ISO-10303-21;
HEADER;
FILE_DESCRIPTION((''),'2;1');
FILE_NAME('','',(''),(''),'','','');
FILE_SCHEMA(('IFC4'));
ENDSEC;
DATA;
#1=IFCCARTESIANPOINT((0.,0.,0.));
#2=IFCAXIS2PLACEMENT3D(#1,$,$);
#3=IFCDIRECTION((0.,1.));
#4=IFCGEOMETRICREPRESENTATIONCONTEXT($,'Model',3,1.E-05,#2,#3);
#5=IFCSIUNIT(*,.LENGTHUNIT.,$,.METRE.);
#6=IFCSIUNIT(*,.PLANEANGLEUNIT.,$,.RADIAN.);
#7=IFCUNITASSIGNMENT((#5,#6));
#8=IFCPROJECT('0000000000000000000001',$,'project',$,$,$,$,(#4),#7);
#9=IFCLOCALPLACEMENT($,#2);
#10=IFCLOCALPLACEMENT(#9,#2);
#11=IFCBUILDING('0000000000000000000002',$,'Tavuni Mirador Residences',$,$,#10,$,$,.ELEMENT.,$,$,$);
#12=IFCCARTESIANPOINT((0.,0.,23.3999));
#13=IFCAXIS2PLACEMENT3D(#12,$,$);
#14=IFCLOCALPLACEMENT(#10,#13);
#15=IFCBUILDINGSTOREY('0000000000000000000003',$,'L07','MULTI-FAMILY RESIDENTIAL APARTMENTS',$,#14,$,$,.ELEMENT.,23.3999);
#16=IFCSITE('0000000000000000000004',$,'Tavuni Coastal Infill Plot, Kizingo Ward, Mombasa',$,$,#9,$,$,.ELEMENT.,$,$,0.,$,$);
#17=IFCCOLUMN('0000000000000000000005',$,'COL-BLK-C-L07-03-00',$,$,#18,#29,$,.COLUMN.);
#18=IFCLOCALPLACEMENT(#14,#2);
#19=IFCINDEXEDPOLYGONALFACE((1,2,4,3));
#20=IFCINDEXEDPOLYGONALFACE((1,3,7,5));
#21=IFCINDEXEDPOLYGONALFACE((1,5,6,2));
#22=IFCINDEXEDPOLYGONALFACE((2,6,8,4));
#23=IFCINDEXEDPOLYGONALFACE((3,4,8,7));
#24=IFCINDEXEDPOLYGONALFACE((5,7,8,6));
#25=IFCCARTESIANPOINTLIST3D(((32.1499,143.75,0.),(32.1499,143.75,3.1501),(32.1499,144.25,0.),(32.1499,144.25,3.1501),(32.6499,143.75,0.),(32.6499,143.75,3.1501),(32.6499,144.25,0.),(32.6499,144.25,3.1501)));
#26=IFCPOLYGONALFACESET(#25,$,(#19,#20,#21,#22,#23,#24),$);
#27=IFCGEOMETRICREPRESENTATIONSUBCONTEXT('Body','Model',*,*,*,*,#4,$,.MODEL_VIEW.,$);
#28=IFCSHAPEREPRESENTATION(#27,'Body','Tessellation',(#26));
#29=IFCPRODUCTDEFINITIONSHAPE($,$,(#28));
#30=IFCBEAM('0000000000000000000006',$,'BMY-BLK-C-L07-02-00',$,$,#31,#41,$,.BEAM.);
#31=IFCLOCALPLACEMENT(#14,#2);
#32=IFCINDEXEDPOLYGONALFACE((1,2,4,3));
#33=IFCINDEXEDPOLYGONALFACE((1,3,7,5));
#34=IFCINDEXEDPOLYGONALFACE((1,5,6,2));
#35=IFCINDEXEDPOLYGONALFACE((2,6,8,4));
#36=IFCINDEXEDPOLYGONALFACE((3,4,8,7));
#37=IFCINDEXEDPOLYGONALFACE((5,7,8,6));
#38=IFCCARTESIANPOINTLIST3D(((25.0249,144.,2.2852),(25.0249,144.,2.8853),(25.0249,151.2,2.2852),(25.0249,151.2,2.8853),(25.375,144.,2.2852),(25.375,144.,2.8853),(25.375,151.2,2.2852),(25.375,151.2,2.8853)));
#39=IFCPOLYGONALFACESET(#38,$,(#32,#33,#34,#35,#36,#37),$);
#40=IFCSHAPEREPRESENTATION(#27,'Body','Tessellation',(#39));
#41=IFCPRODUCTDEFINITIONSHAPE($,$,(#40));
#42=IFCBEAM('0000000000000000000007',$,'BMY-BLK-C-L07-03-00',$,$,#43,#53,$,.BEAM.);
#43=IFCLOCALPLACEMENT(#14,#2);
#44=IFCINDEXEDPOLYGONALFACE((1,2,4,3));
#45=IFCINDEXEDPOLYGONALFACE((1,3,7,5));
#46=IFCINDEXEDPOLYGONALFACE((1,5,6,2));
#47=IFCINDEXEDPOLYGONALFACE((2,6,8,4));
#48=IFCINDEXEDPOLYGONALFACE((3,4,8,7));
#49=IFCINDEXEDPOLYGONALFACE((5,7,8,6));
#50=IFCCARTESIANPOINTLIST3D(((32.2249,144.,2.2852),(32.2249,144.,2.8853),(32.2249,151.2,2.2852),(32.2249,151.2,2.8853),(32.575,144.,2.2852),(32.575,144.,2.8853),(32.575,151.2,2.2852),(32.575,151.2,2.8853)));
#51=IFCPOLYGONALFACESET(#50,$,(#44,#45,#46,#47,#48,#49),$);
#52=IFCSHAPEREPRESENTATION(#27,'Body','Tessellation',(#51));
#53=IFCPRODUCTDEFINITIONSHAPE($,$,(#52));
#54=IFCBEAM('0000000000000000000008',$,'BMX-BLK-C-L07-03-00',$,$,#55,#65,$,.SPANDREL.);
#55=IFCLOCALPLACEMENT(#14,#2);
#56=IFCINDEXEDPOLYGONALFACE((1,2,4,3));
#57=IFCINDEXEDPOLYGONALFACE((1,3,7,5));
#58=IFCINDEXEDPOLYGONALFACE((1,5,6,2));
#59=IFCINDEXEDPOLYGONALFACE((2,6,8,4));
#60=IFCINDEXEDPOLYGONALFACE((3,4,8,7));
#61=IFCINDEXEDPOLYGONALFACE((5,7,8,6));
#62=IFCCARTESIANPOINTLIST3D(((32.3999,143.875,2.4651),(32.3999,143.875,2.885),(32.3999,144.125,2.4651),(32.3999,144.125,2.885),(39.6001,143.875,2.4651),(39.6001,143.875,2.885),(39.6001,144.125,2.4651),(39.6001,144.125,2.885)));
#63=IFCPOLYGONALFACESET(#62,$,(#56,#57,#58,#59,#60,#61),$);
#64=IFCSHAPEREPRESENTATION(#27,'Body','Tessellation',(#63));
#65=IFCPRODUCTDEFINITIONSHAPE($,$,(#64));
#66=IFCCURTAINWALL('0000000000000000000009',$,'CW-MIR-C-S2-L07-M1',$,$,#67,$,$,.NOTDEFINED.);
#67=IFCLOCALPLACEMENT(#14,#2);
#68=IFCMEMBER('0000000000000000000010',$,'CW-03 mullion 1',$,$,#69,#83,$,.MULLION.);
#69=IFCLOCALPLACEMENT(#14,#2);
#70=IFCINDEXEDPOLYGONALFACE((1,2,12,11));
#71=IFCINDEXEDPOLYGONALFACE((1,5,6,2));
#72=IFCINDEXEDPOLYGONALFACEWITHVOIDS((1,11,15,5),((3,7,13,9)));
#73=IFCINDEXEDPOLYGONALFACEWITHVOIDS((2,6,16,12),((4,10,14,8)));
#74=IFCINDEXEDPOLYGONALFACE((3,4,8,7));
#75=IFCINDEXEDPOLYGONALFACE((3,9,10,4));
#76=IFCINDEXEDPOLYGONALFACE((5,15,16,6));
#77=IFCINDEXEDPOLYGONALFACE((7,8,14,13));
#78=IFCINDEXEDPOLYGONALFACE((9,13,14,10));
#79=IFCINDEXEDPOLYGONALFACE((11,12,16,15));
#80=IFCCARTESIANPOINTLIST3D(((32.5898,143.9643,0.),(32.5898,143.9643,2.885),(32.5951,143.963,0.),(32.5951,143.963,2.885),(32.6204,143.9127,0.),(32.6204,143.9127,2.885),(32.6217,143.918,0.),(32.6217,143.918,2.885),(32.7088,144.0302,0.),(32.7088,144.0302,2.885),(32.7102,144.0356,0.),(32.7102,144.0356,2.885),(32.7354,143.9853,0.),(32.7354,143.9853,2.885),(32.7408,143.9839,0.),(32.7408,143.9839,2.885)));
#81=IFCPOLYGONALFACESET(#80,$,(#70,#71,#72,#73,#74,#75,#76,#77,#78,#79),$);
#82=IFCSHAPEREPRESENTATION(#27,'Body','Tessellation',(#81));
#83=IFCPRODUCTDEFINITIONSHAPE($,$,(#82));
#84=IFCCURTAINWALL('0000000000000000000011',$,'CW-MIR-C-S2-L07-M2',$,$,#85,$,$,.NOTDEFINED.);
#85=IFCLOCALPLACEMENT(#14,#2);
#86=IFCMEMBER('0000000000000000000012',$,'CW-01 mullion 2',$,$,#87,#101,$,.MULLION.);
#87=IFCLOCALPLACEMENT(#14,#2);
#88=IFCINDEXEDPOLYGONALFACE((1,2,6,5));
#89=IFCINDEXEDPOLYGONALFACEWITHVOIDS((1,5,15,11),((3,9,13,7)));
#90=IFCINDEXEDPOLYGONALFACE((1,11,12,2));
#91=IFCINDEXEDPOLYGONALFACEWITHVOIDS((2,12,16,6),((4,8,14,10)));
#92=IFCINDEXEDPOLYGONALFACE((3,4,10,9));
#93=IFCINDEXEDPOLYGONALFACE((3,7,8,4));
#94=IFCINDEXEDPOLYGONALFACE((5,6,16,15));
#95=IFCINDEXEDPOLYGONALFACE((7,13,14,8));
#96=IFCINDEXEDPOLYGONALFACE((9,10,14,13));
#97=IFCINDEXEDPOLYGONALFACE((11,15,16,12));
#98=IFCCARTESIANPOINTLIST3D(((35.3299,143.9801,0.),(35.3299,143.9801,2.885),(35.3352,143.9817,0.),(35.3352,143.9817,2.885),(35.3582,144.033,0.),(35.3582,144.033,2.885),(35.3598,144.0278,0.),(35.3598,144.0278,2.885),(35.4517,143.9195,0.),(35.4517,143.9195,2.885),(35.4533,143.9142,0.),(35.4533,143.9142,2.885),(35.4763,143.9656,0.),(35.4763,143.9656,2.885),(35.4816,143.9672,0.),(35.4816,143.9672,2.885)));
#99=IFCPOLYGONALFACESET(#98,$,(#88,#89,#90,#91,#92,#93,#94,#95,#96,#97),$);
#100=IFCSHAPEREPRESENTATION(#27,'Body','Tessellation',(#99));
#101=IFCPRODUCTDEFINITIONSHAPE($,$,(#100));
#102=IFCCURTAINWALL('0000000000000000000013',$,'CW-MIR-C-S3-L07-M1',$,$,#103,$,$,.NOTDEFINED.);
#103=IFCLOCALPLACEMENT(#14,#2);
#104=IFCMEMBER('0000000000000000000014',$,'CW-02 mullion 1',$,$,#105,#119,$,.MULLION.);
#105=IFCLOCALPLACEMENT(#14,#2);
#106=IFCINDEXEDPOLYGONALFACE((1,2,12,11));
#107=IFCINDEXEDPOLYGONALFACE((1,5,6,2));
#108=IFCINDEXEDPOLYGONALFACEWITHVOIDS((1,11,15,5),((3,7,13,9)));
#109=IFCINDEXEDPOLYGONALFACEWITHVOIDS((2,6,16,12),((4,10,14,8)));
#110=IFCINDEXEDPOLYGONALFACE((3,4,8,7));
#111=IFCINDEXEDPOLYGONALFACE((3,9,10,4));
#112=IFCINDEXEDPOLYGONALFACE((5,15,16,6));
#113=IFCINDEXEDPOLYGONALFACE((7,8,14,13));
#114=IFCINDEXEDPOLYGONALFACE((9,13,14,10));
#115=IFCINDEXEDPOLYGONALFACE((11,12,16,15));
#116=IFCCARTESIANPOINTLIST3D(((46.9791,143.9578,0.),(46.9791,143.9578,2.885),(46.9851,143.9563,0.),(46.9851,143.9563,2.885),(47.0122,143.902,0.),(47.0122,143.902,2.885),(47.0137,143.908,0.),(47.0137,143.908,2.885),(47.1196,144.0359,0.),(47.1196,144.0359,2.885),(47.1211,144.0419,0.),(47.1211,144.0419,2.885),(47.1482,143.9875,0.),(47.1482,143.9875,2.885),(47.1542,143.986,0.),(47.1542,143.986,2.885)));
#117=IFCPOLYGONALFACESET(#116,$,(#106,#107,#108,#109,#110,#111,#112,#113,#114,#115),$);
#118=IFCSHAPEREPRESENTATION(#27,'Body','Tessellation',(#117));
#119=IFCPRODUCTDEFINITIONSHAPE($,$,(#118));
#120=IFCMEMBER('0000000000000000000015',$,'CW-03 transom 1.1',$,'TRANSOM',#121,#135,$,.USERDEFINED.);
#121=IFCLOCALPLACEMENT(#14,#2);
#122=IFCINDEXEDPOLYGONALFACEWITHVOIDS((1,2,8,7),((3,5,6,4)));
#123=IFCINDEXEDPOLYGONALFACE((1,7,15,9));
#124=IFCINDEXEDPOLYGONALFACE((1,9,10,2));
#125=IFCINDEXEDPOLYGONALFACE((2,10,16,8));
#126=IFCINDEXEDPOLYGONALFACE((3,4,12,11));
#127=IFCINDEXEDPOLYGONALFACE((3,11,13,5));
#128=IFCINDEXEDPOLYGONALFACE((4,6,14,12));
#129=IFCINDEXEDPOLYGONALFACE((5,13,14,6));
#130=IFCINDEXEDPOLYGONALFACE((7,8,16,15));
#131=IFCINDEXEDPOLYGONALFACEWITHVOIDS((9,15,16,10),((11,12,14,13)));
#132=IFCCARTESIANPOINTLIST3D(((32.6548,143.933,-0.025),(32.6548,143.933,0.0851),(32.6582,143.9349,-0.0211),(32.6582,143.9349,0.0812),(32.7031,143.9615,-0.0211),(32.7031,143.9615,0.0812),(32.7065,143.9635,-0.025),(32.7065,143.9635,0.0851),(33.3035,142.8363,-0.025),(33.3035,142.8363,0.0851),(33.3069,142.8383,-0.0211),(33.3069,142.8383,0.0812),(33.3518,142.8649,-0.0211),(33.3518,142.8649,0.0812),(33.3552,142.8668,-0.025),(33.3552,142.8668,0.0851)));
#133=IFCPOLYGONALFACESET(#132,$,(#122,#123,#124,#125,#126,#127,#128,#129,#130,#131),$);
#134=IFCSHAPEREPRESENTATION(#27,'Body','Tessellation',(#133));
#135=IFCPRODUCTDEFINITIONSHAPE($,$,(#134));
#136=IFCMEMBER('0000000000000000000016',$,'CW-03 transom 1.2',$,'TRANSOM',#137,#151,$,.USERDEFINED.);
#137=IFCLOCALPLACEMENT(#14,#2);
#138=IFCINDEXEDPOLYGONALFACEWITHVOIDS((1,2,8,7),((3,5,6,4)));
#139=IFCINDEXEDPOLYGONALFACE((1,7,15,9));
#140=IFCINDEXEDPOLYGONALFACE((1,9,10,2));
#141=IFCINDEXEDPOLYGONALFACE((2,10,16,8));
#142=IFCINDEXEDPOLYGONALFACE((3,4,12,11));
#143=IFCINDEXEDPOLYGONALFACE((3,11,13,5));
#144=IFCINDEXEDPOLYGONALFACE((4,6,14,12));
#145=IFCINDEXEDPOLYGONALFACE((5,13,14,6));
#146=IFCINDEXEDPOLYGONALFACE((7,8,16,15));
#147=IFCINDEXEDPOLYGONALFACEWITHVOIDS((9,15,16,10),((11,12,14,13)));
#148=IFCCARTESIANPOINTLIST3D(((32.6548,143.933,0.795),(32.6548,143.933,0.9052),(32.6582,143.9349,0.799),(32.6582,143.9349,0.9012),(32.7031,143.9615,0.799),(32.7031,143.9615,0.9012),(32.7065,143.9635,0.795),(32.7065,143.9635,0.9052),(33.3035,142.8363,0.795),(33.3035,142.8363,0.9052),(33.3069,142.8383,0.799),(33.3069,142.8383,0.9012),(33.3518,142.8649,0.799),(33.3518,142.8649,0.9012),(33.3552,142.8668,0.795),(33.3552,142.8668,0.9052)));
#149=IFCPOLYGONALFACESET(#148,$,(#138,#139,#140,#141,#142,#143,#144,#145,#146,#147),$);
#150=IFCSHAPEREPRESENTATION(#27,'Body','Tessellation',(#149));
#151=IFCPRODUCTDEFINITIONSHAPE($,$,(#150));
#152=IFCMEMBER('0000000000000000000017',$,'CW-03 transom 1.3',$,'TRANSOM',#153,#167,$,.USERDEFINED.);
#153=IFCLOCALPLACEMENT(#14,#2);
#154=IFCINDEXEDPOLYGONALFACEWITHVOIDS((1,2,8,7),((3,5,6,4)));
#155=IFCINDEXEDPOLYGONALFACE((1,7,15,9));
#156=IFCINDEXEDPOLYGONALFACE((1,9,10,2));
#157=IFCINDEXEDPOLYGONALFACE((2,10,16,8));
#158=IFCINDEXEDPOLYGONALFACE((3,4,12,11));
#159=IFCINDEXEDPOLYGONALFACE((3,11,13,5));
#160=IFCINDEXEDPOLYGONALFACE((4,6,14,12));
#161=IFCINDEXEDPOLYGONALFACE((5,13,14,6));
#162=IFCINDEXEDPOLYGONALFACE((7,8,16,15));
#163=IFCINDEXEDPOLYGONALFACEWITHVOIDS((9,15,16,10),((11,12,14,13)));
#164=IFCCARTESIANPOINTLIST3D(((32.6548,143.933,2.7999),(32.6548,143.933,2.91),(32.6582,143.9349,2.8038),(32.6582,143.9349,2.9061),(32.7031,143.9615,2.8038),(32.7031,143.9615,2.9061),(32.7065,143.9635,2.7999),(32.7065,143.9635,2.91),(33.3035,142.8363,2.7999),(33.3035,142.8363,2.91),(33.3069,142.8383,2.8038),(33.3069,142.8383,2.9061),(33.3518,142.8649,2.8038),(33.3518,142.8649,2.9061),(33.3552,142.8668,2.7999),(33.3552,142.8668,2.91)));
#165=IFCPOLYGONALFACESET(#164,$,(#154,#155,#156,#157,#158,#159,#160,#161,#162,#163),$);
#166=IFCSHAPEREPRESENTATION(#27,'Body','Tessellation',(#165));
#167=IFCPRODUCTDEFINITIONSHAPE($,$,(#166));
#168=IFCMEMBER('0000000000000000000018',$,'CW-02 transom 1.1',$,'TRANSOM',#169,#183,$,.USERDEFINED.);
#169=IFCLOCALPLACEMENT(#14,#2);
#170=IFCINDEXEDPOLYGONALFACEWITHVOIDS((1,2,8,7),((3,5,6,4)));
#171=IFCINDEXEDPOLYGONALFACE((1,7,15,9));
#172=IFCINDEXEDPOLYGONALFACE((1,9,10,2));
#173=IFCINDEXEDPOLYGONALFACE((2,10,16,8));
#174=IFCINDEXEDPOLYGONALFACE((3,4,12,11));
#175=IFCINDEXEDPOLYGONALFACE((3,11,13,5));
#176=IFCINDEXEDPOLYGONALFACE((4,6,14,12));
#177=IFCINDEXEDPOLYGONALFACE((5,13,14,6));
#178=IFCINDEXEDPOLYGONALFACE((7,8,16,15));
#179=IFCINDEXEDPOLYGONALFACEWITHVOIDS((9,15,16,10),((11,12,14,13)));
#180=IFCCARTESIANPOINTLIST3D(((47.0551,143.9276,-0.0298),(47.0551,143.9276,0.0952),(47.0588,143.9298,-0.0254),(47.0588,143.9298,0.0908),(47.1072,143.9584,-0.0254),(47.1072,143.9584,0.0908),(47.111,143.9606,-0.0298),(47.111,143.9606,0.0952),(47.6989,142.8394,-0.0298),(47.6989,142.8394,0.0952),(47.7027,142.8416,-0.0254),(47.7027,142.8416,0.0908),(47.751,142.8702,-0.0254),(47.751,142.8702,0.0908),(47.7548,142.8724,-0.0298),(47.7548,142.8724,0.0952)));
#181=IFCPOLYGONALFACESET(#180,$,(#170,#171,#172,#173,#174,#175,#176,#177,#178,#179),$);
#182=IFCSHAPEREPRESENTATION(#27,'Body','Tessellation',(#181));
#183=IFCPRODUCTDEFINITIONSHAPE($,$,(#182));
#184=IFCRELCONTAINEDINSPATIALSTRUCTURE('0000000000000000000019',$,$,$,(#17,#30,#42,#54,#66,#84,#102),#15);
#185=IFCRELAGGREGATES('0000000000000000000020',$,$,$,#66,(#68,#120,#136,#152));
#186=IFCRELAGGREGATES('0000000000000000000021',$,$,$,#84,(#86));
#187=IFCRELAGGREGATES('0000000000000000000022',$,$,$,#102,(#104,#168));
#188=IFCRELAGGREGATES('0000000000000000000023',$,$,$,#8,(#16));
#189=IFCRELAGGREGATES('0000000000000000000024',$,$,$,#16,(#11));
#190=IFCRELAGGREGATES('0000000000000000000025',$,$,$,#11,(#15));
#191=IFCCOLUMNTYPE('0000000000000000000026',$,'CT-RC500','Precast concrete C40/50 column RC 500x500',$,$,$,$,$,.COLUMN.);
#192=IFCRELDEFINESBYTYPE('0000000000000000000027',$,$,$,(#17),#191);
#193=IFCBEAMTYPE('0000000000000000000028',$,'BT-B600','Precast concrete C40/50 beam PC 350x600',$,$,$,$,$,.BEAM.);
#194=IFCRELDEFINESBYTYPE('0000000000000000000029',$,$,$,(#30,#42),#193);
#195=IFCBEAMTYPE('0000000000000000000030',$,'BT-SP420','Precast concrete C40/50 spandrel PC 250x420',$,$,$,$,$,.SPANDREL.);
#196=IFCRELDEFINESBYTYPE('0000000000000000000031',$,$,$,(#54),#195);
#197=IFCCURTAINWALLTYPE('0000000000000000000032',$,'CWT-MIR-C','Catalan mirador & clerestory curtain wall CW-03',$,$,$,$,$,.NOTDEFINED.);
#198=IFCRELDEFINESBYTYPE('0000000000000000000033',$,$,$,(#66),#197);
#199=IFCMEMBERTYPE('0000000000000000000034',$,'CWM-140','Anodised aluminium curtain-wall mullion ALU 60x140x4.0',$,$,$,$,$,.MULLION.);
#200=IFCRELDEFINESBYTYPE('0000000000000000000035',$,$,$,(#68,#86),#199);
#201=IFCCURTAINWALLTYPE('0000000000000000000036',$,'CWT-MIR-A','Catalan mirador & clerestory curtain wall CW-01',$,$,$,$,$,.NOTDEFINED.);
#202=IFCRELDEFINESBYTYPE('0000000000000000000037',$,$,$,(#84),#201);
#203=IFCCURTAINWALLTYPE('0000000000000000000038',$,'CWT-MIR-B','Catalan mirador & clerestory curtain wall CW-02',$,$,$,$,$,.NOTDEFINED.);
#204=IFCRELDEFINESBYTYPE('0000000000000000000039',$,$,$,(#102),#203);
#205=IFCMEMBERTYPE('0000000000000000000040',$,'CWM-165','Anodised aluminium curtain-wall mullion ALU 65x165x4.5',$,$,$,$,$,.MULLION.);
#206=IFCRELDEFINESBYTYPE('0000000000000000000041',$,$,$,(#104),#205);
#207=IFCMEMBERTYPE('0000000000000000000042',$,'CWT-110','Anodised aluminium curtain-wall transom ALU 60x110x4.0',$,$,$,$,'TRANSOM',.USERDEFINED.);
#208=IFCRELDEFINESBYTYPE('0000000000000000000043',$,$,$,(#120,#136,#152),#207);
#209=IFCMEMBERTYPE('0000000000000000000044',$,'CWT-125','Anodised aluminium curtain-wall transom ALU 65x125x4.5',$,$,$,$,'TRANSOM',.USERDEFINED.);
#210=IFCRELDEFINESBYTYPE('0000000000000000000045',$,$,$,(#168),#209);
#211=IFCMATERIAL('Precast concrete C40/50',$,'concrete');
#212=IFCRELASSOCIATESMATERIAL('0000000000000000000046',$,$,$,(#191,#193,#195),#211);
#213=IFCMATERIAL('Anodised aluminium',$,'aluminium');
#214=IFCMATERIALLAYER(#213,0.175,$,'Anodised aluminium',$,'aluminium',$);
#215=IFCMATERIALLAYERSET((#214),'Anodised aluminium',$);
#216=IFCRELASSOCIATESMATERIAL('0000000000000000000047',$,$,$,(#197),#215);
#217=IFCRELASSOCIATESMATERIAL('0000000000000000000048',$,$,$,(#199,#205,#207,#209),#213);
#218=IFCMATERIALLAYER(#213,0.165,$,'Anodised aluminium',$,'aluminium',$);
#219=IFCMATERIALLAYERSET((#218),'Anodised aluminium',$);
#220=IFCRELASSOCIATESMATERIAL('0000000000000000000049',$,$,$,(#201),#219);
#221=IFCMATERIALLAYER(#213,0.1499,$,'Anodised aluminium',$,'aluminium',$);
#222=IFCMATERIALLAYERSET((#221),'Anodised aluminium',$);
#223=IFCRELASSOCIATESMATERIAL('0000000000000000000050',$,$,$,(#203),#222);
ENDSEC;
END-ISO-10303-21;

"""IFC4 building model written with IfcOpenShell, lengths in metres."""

from ifc_helpers import new_model, si_unit, direction, frame, origin, origin_2d, place, context, subcontext, project, spatial, rectangle, hollow_rectangle, extrude, material, layer, layer_set, material_profile, profile_set, type_object, element, aggregate, save


model = new_model("IFC4")

# Units and contexts
model_context = context("Model", 3, precision=1e-05, world=origin(), true_north=direction((0.0, 1.0)))
body_context = subcontext(model_context, "Body", "Model", "MODEL_VIEW")
ifc_project = project(units=[si_unit("LENGTHUNIT", "METRE"), si_unit("PLANEANGLEUNIT", "RADIAN")], contexts=[model_context])

# Site, building, storey
site_placement = place(None, origin())
site = spatial("IfcSite", under=ifc_project, at=site_placement, Name="Tavuni Coastal Infill Plot, Kizingo Ward, Mombasa", CompositionType="ELEMENT", RefElevation=0.0)
building_placement = place(site_placement, origin())
building = spatial("IfcBuilding", under=site, at=building_placement, Name="Tavuni Mirador Residences", CompositionType="ELEMENT")
storey_placement = place(building_placement, frame((0.0, 0.0, 23.3999)))
storey = spatial("IfcBuildingStorey", under=building, at=storey_placement, Name="L07", Description="MULTI-FAMILY RESIDENTIAL APARTMENTS", CompositionType="ELEMENT", Elevation=23.3999)

# Column
ifc_material_1 = material(Name="Precast concrete C40/50", Category="concrete")
ifc_material_profile_1 = material_profile(ifc_material_1, rectangle(XDim=0.5, YDim=0.5, at=origin_2d()), Name="RC 500x500", Category="concrete")
ifc_profile_set_1 = profile_set([ifc_material_profile_1], Name="Precast concrete C40/50")
column_type = type_object("IfcColumnType", Name="CT-RC500", Description="Precast concrete C40/50 column RC 500x500", PredefinedType="COLUMN", material=ifc_profile_set_1)
column_placement = place(storey_placement, frame((32.3999, 144.0, 0.0), z_axis=(0.0, 0.0, 1.0), x_axis=(1.0, 0.0, 0.0)))
element("IfcColumn", 1, at=column_placement, inside=storey, type_object=column_type, Name="COL-BLK-C-L07-03-00", PredefinedType="COLUMN", context=body_context, shape_type="SweptSolid", body=[
    extrude(rectangle(XDim=0.5, YDim=0.5, at=origin_2d()), origin(), (0.0, 0.0, 1.0), 3.1501),
])

# Beams
ifc_material_profile_2 = material_profile(ifc_material_1, rectangle(XDim=0.3501, YDim=0.6001, at=origin_2d()), Name="PC 350x600", Category="concrete")
ifc_profile_set_2 = profile_set([ifc_material_profile_2], Name="Precast concrete C40/50")
beam_type_1 = type_object("IfcBeamType", Name="BT-B600", Description="Precast concrete C40/50 beam PC 350x600", PredefinedType="BEAM", material=ifc_profile_set_2)
for number, where, z_axis, x_axis, name in (
    (2, (25.2, 144.0, 2.5852), (0.0, 1.0, 0.0), (-1.0, 0.0, 0.0), "BMY-BLK-C-L07-02-00"),
    (3, (32.3999, 144.0, 2.5852), (0.0, 1.0, 0.0), (-1.0, 0.0, 0.0), "BMY-BLK-C-L07-03-00"),
):
    element("IfcBeam", number, at=place(storey_placement, frame(where, z_axis=z_axis, x_axis=x_axis)), inside=storey, type_object=beam_type_1, Name=name, PredefinedType="BEAM", context=body_context, shape_type="SweptSolid", body=[
        extrude(rectangle(XDim=0.3501, YDim=0.6001, at=origin_2d()), origin(), (0.0, 0.0, 1.0), 7.2),
    ])
ifc_material_profile_3 = material_profile(ifc_material_1, rectangle(XDim=0.25, YDim=0.4199, at=origin_2d()), Name="PC 250x420", Category="concrete")
ifc_profile_set_3 = profile_set([ifc_material_profile_3], Name="Precast concrete C40/50")
beam_type_2 = type_object("IfcBeamType", Name="BT-SP420", Description="Precast concrete C40/50 spandrel PC 250x420", PredefinedType="SPANDREL", material=ifc_profile_set_3)
beam_placement = place(storey_placement, frame((32.3999, 144.0, 2.675), z_axis=(1.0, 0.0, 0.0), x_axis=(0.0, 1.0, 0.0)))
element("IfcBeam", 4, at=beam_placement, inside=storey, type_object=beam_type_2, Name="BMX-BLK-C-L07-03-00", PredefinedType="SPANDREL", context=body_context, shape_type="SweptSolid", body=[
    extrude(rectangle(XDim=0.25, YDim=0.4199, at=origin_2d()), origin(), (0.0, 0.0, 1.0), 7.2002),
])

# Curtain walls, members
ifc_material_2 = material(Name="Anodised aluminium", Category="aluminium")
ifc_layer_1 = layer(ifc_material_2, 0.175, Name="Anodised aluminium", Category="aluminium")
ifc_layer_set_1 = layer_set([ifc_layer_1], Name="Anodised aluminium")
curtain_wall_type_1 = type_object("IfcCurtainWallType", Name="CWT-MIR-C", Description="Catalan mirador & clerestory curtain wall CW-03", PredefinedType="NOTDEFINED", material=ifc_layer_set_1)
curtain_wall_1_placement = place(storey_placement, origin())
curtain_wall_1 = element("IfcCurtainWall", 5, at=curtain_wall_1_placement, inside=storey, type_object=curtain_wall_type_1, Name="CW-MIR-C-S2-L07-M1", PredefinedType="NOTDEFINED")
ifc_material_profile_4 = material_profile(ifc_material_2, hollow_rectangle(XDim=0.0601, YDim=0.1399, WallThickness=0.0039, at=origin_2d()), Name="ALU 60x140x4.0", Category="aluminium")
ifc_profile_set_4 = profile_set([ifc_material_profile_4], Name="Anodised aluminium")
member_type_1 = type_object("IfcMemberType", Name="CWM-140", Description="Anodised aluminium curtain-wall mullion ALU 60x140x4.0", PredefinedType="MULLION", material=ifc_profile_set_4)
member_1_placement = place(storey_placement, frame((32.6653, 143.9741, 0.0), z_axis=(0.0, 0.0, 1.0), x_axis=(0.509212, -0.860641, 0.0)))
member_1 = element("IfcMember", 6, at=member_1_placement, type_object=member_type_1, Name="CW-03 mullion 1", PredefinedType="MULLION", context=body_context, shape_type="SweptSolid", body=[
    extrude(hollow_rectangle(XDim=0.0601, YDim=0.1399, WallThickness=0.0039, at=origin_2d()), origin(), (0.0, 0.0, 1.0), 2.885),
])
ifc_layer_2 = layer(ifc_material_2, 0.165, Name="Anodised aluminium", Category="aluminium")
ifc_layer_set_2 = layer_set([ifc_layer_2], Name="Anodised aluminium")
curtain_wall_type_2 = type_object("IfcCurtainWallType", Name="CWT-MIR-A", Description="Catalan mirador & clerestory curtain wall CW-01", PredefinedType="NOTDEFINED", material=ifc_layer_set_2)
curtain_wall_2_placement = place(storey_placement, origin())
curtain_wall_2 = element("IfcCurtainWall", 7, at=curtain_wall_2_placement, inside=storey, type_object=curtain_wall_type_2, Name="CW-MIR-C-S2-L07-M2", PredefinedType="NOTDEFINED")
member_2_placement = place(storey_placement, frame((35.4058, 143.9736, 0.0), z_axis=(0.0, 0.0, 1.0), x_axis=(0.470588, 0.882353, 0.0)))
member_2 = element("IfcMember", 8, at=member_2_placement, type_object=member_type_1, Name="CW-01 mullion 2", PredefinedType="MULLION", context=body_context, shape_type="SweptSolid", body=[
    extrude(hollow_rectangle(XDim=0.0601, YDim=0.1399, WallThickness=0.0039, at=origin_2d()), origin(), (0.0, 0.0, 1.0), 2.885),
])
ifc_layer_3 = layer(ifc_material_2, 0.1499, Name="Anodised aluminium", Category="aluminium")
ifc_layer_set_3 = layer_set([ifc_layer_3], Name="Anodised aluminium")
curtain_wall_type_3 = type_object("IfcCurtainWallType", Name="CWT-MIR-B", Description="Catalan mirador & clerestory curtain wall CW-02", PredefinedType="NOTDEFINED", material=ifc_layer_set_3)
curtain_wall_3_placement = place(storey_placement, origin())
curtain_wall_3 = element("IfcCurtainWall", 9, at=curtain_wall_3_placement, inside=storey, type_object=curtain_wall_type_3, Name="CW-MIR-C-S3-L07-M1", PredefinedType="NOTDEFINED")
ifc_material_profile_5 = material_profile(ifc_material_2, hollow_rectangle(XDim=0.0649, YDim=0.165, WallThickness=0.0044, at=origin_2d()), Name="ALU 65x165x4.5", Category="aluminium")
ifc_profile_set_5 = profile_set([ifc_material_profile_5], Name="Anodised aluminium")
member_type_2 = type_object("IfcMemberType", Name="CWM-165", Description="Anodised aluminium curtain-wall mullion ALU 65x165x4.5", PredefinedType="MULLION", material=ifc_profile_set_5)
member_3_placement = place(storey_placement, frame((47.0667, 143.9719, 0.0), z_axis=(0.0, 0.0, 1.0), x_axis=(0.509212, -0.860641, 0.0)))
member_3 = element("IfcMember", 10, at=member_3_placement, type_object=member_type_2, Name="CW-02 mullion 1", PredefinedType="MULLION", context=body_context, shape_type="SweptSolid", body=[
    extrude(hollow_rectangle(XDim=0.0649, YDim=0.165, WallThickness=0.0044, at=origin_2d()), origin(), (0.0, 0.0, 1.0), 2.885),
])

# Members
ifc_material_profile_6 = material_profile(ifc_material_2, hollow_rectangle(XDim=0.0601, YDim=0.1101, WallThickness=0.0039, at=origin_2d()), Name="ALU 60x110x4.0", Category="aluminium")
ifc_profile_set_6 = profile_set([ifc_material_profile_6], Name="Anodised aluminium")
member_type_3 = type_object("IfcMemberType", Name="CWT-110", Description="Anodised aluminium curtain-wall transom ALU 60x110x4.0", ElementType="TRANSOM", PredefinedType="USERDEFINED", material=ifc_profile_set_6)
member_4_placement = place(storey_placement, frame((32.6807, 143.9482, 0.03), z_axis=(0.509104, -0.860705, 0.0), x_axis=(0.860705, 0.509104, 0.0)))
member_4 = element("IfcMember", 11, at=member_4_placement, type_object=member_type_3, Name="CW-03 transom 1.1", ObjectType="TRANSOM", PredefinedType="USERDEFINED", context=body_context, shape_type="SweptSolid", body=[
    extrude(hollow_rectangle(XDim=0.0601, YDim=0.1101, WallThickness=0.0039, at=origin_2d()), origin(), (0.0, 0.0, 1.0), 1.2742),
])
member_5_placement = place(storey_placement, frame((32.6807, 143.9482, 0.8501), z_axis=(0.509104, -0.860705, 0.0), x_axis=(0.860705, 0.509104, 0.0)))
member_5 = element("IfcMember", 12, at=member_5_placement, type_object=member_type_3, Name="CW-03 transom 1.2", ObjectType="TRANSOM", PredefinedType="USERDEFINED", context=body_context, shape_type="SweptSolid", body=[
    extrude(hollow_rectangle(XDim=0.0601, YDim=0.1101, WallThickness=0.0039, at=origin_2d()), origin(), (0.0, 0.0, 1.0), 1.2742),
])
member_6_placement = place(storey_placement, frame((32.6807, 143.9482, 2.855), z_axis=(0.509104, -0.860705, 0.0), x_axis=(0.860705, 0.509104, 0.0)))
member_6 = element("IfcMember", 13, at=member_6_placement, type_object=member_type_3, Name="CW-03 transom 1.3", ObjectType="TRANSOM", PredefinedType="USERDEFINED", context=body_context, shape_type="SweptSolid", body=[
    extrude(hollow_rectangle(XDim=0.0601, YDim=0.1101, WallThickness=0.0039, at=origin_2d()), origin(), (0.0, 0.0, 1.0), 1.2742),
])
aggregate(curtain_wall_1, [member_1, member_4, member_5, member_6])
ifc_material_profile_7 = material_profile(ifc_material_2, hollow_rectangle(XDim=0.0649, YDim=0.125, WallThickness=0.0044, at=origin_2d()), Name="ALU 65x125x4.5", Category="aluminium")
ifc_profile_set_7 = profile_set([ifc_material_profile_7], Name="Anodised aluminium")
member_type_4 = type_object("IfcMemberType", Name="CWT-125", Description="Anodised aluminium curtain-wall transom ALU 65x125x4.5", ElementType="TRANSOM", PredefinedType="USERDEFINED", material=ifc_profile_set_7)
member_7_placement = place(storey_placement, frame((47.083, 143.9441, 0.0327), z_axis=(0.509204, -0.860646, 0.0), x_axis=(0.860646, 0.509204, 0.0)))
member_7 = element("IfcMember", 14, at=member_7_placement, type_object=member_type_4, Name="CW-02 transom 1.1", ObjectType="TRANSOM", PredefinedType="USERDEFINED", context=body_context, shape_type="SweptSolid", body=[
    extrude(hollow_rectangle(XDim=0.0649, YDim=0.125, WallThickness=0.0044, at=origin_2d()), origin(), (0.0, 0.0, 1.0), 1.2644),
])

aggregate(curtain_wall_2, [member_2])
aggregate(curtain_wall_3, [member_3, member_7])

save(model, "model.ifc")
